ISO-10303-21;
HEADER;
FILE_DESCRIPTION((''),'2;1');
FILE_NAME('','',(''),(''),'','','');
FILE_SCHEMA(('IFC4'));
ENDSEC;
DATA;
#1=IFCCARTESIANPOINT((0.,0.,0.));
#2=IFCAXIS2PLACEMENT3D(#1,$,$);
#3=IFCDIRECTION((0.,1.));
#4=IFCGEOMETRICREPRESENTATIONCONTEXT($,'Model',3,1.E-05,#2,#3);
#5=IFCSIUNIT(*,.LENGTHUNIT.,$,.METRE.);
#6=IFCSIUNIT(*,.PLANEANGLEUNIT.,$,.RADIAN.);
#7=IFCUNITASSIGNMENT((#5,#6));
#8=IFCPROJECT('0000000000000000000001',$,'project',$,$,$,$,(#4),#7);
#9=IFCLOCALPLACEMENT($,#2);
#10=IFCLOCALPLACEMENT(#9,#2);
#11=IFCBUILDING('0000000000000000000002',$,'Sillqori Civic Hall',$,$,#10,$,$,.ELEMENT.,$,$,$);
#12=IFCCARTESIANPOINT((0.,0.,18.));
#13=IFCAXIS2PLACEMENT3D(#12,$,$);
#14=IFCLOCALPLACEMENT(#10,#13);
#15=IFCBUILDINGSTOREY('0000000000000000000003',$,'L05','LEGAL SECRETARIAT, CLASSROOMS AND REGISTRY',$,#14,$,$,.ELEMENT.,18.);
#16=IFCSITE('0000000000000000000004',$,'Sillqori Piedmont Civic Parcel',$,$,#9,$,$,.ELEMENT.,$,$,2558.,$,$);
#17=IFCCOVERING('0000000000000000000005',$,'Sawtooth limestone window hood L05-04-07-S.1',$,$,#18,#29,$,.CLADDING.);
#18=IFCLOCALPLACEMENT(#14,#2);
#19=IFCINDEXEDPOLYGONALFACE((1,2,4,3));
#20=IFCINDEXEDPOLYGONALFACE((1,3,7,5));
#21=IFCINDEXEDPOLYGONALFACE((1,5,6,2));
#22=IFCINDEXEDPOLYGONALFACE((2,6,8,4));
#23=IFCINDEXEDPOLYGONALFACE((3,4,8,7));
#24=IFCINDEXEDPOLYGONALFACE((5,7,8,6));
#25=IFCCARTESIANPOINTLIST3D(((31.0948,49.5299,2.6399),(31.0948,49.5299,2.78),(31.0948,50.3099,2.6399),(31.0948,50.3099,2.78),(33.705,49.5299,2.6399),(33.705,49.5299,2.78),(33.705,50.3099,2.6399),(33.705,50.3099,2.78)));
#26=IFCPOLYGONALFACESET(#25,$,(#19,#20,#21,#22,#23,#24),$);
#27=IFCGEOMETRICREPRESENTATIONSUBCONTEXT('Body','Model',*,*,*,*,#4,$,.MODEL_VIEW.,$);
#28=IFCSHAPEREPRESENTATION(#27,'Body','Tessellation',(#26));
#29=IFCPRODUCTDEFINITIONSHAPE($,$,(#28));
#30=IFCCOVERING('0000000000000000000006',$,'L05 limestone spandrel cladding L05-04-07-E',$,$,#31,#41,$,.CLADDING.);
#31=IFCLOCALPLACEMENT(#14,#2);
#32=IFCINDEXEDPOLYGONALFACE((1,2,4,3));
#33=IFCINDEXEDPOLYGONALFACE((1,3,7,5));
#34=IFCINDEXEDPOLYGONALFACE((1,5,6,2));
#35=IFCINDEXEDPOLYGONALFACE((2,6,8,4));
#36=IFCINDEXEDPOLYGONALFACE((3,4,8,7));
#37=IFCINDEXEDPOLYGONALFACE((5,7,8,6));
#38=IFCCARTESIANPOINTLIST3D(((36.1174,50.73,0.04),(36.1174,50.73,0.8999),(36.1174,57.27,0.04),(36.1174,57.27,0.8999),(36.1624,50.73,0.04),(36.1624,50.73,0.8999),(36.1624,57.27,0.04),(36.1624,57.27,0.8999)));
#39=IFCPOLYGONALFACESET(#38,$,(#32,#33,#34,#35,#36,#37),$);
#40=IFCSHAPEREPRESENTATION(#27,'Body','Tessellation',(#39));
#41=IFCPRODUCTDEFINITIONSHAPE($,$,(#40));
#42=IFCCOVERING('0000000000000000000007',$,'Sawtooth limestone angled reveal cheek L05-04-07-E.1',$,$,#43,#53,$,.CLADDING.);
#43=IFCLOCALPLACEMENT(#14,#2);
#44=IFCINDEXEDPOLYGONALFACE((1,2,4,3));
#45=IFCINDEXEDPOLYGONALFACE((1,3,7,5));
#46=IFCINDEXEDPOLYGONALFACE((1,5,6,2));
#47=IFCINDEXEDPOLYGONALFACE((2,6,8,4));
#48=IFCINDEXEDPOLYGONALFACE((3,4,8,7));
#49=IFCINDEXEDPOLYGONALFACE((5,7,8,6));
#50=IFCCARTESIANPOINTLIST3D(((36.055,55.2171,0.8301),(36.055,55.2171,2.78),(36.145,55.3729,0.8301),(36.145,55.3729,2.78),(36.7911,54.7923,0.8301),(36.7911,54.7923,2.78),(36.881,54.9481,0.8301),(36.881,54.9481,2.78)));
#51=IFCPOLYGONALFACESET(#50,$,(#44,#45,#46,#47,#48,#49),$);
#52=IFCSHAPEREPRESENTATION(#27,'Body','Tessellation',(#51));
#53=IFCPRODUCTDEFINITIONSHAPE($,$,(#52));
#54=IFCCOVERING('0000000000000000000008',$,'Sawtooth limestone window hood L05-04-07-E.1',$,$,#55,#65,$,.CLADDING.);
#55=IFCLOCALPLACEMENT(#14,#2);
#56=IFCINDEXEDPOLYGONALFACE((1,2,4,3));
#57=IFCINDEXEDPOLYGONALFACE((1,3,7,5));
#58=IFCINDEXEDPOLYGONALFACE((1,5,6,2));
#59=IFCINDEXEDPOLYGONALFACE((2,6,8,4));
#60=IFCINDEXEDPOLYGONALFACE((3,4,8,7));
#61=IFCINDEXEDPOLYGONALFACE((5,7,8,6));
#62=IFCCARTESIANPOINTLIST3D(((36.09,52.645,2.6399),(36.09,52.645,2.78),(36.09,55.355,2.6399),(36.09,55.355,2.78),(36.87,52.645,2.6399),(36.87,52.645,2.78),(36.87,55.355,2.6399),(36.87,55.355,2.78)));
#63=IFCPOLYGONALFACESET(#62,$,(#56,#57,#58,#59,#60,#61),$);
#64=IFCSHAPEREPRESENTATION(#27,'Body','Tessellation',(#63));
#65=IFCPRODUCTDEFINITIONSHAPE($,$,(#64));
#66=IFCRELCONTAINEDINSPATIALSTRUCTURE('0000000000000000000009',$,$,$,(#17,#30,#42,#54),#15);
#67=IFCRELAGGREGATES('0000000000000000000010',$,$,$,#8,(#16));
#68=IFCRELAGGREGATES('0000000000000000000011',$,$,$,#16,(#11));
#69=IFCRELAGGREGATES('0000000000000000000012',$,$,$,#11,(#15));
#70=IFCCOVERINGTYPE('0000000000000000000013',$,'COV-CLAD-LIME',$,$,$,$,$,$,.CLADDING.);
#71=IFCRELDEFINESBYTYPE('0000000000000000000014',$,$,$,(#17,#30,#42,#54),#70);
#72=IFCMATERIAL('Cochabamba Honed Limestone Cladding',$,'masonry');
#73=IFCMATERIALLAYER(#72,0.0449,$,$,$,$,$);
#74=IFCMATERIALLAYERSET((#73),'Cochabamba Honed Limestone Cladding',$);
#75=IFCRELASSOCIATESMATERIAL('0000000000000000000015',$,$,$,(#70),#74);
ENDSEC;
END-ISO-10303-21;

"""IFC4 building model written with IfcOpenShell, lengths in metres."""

from ifc_helpers import new_model, si_unit, direction, frame, frame_2d, origin, place, context, subcontext, project, spatial, rectangle, extrude, material, layer, layer_set, type_object, element, save


model = new_model("IFC4")

# Units and contexts
model_context = context("Model", 3, precision=1e-05, world=origin(), true_north=direction((0.0, 1.0)))
body_context = subcontext(model_context, "Body", "Model", "MODEL_VIEW")
ifc_project = project(units=[si_unit("LENGTHUNIT", "METRE"), si_unit("PLANEANGLEUNIT", "RADIAN")], contexts=[model_context])

# Site, building, storey
site_placement = place(None, origin())
site = spatial("IfcSite", under=ifc_project, at=site_placement, Name="Sillqori Piedmont Civic Parcel", CompositionType="ELEMENT", RefElevation=2558.0)
building_placement = place(site_placement, origin())
building = spatial("IfcBuilding", under=site, at=building_placement, Name="Sillqori Civic Hall", CompositionType="ELEMENT")
storey_placement = place(building_placement, frame((0.0, 0.0, 18.0)))
storey = spatial("IfcBuildingStorey", under=building, at=storey_placement, Name="L05", Description="LEGAL SECRETARIAT, CLASSROOMS AND REGISTRY", CompositionType="ELEMENT", Elevation=18.0)

# Coverings
ifc_material_1 = material(Name="Cochabamba Honed Limestone Cladding", Category="masonry")
ifc_layer_1 = layer(ifc_material_1, 0.0449)
ifc_layer_set_1 = layer_set([ifc_layer_1], Name="Cochabamba Honed Limestone Cladding")
covering_type = type_object("IfcCoveringType", Name="COV-CLAD-LIME", PredefinedType="CLADDING", material=ifc_layer_set_1)
covering_1_placement = place(storey_placement, frame((33.7051, 49.9199, 2.6399), z_axis=(0.0, 0.0, 1.0), x_axis=(-1.0, 0.0, 0.0)))
element("IfcCovering", 1, at=covering_1_placement, inside=storey, type_object=covering_type, Name="Sawtooth limestone window hood L05-04-07-S.1", PredefinedType="CLADDING", context=body_context, shape_type="SweptSolid", body=[
    extrude(rectangle(XDim=2.6101, YDim=0.78, at=frame_2d((1.3052, 0.0))), origin(), (0.0, 0.0, 1.0), 0.1401),
])
covering_2_placement = place(storey_placement, frame((36.1399, 57.27, 0.04), z_axis=(0.0, 0.0, 1.0), x_axis=(0.0, -1.0, 0.0)))
element("IfcCovering", 2, at=covering_2_placement, inside=storey, type_object=covering_type, Name="L05 limestone spandrel cladding L05-04-07-E", PredefinedType="CLADDING", context=body_context, shape_type="SweptSolid", body=[
    extrude(rectangle(XDim=6.54, YDim=0.0449, at=frame_2d((3.27, 0.0))), origin(), (0.0, 0.0, 1.0), 0.8599),
])
covering_3_placement = place(storey_placement, frame((36.1001, 55.2949, 0.8301), z_axis=(0.0, 0.0, 1.0), x_axis=(0.866114, -0.499847, 0.0)))
element("IfcCovering", 3, at=covering_3_placement, inside=storey, type_object=covering_type, Name="Sawtooth limestone angled reveal cheek L05-04-07-E.1", PredefinedType="CLADDING", context=body_context, shape_type="SweptSolid", body=[
    extrude(rectangle(XDim=0.8499, YDim=0.1799, at=frame_2d((0.4248, 0.0))), origin(), (0.0, 0.0, 1.0), 1.95),
])
covering_4_placement = place(storey_placement, frame((36.48, 55.355, 2.6399), z_axis=(0.0, 0.0, 1.0), x_axis=(0.0, -1.0, 0.0)))
element("IfcCovering", 4, at=covering_4_placement, inside=storey, type_object=covering_type, Name="Sawtooth limestone window hood L05-04-07-E.1", PredefinedType="CLADDING", context=body_context, shape_type="SweptSolid", body=[
    extrude(rectangle(XDim=2.71, YDim=0.78, at=frame_2d((1.355, 0.0))), origin(), (0.0, 0.0, 1.0), 0.1401),
])

save(model, "model.ifc")
